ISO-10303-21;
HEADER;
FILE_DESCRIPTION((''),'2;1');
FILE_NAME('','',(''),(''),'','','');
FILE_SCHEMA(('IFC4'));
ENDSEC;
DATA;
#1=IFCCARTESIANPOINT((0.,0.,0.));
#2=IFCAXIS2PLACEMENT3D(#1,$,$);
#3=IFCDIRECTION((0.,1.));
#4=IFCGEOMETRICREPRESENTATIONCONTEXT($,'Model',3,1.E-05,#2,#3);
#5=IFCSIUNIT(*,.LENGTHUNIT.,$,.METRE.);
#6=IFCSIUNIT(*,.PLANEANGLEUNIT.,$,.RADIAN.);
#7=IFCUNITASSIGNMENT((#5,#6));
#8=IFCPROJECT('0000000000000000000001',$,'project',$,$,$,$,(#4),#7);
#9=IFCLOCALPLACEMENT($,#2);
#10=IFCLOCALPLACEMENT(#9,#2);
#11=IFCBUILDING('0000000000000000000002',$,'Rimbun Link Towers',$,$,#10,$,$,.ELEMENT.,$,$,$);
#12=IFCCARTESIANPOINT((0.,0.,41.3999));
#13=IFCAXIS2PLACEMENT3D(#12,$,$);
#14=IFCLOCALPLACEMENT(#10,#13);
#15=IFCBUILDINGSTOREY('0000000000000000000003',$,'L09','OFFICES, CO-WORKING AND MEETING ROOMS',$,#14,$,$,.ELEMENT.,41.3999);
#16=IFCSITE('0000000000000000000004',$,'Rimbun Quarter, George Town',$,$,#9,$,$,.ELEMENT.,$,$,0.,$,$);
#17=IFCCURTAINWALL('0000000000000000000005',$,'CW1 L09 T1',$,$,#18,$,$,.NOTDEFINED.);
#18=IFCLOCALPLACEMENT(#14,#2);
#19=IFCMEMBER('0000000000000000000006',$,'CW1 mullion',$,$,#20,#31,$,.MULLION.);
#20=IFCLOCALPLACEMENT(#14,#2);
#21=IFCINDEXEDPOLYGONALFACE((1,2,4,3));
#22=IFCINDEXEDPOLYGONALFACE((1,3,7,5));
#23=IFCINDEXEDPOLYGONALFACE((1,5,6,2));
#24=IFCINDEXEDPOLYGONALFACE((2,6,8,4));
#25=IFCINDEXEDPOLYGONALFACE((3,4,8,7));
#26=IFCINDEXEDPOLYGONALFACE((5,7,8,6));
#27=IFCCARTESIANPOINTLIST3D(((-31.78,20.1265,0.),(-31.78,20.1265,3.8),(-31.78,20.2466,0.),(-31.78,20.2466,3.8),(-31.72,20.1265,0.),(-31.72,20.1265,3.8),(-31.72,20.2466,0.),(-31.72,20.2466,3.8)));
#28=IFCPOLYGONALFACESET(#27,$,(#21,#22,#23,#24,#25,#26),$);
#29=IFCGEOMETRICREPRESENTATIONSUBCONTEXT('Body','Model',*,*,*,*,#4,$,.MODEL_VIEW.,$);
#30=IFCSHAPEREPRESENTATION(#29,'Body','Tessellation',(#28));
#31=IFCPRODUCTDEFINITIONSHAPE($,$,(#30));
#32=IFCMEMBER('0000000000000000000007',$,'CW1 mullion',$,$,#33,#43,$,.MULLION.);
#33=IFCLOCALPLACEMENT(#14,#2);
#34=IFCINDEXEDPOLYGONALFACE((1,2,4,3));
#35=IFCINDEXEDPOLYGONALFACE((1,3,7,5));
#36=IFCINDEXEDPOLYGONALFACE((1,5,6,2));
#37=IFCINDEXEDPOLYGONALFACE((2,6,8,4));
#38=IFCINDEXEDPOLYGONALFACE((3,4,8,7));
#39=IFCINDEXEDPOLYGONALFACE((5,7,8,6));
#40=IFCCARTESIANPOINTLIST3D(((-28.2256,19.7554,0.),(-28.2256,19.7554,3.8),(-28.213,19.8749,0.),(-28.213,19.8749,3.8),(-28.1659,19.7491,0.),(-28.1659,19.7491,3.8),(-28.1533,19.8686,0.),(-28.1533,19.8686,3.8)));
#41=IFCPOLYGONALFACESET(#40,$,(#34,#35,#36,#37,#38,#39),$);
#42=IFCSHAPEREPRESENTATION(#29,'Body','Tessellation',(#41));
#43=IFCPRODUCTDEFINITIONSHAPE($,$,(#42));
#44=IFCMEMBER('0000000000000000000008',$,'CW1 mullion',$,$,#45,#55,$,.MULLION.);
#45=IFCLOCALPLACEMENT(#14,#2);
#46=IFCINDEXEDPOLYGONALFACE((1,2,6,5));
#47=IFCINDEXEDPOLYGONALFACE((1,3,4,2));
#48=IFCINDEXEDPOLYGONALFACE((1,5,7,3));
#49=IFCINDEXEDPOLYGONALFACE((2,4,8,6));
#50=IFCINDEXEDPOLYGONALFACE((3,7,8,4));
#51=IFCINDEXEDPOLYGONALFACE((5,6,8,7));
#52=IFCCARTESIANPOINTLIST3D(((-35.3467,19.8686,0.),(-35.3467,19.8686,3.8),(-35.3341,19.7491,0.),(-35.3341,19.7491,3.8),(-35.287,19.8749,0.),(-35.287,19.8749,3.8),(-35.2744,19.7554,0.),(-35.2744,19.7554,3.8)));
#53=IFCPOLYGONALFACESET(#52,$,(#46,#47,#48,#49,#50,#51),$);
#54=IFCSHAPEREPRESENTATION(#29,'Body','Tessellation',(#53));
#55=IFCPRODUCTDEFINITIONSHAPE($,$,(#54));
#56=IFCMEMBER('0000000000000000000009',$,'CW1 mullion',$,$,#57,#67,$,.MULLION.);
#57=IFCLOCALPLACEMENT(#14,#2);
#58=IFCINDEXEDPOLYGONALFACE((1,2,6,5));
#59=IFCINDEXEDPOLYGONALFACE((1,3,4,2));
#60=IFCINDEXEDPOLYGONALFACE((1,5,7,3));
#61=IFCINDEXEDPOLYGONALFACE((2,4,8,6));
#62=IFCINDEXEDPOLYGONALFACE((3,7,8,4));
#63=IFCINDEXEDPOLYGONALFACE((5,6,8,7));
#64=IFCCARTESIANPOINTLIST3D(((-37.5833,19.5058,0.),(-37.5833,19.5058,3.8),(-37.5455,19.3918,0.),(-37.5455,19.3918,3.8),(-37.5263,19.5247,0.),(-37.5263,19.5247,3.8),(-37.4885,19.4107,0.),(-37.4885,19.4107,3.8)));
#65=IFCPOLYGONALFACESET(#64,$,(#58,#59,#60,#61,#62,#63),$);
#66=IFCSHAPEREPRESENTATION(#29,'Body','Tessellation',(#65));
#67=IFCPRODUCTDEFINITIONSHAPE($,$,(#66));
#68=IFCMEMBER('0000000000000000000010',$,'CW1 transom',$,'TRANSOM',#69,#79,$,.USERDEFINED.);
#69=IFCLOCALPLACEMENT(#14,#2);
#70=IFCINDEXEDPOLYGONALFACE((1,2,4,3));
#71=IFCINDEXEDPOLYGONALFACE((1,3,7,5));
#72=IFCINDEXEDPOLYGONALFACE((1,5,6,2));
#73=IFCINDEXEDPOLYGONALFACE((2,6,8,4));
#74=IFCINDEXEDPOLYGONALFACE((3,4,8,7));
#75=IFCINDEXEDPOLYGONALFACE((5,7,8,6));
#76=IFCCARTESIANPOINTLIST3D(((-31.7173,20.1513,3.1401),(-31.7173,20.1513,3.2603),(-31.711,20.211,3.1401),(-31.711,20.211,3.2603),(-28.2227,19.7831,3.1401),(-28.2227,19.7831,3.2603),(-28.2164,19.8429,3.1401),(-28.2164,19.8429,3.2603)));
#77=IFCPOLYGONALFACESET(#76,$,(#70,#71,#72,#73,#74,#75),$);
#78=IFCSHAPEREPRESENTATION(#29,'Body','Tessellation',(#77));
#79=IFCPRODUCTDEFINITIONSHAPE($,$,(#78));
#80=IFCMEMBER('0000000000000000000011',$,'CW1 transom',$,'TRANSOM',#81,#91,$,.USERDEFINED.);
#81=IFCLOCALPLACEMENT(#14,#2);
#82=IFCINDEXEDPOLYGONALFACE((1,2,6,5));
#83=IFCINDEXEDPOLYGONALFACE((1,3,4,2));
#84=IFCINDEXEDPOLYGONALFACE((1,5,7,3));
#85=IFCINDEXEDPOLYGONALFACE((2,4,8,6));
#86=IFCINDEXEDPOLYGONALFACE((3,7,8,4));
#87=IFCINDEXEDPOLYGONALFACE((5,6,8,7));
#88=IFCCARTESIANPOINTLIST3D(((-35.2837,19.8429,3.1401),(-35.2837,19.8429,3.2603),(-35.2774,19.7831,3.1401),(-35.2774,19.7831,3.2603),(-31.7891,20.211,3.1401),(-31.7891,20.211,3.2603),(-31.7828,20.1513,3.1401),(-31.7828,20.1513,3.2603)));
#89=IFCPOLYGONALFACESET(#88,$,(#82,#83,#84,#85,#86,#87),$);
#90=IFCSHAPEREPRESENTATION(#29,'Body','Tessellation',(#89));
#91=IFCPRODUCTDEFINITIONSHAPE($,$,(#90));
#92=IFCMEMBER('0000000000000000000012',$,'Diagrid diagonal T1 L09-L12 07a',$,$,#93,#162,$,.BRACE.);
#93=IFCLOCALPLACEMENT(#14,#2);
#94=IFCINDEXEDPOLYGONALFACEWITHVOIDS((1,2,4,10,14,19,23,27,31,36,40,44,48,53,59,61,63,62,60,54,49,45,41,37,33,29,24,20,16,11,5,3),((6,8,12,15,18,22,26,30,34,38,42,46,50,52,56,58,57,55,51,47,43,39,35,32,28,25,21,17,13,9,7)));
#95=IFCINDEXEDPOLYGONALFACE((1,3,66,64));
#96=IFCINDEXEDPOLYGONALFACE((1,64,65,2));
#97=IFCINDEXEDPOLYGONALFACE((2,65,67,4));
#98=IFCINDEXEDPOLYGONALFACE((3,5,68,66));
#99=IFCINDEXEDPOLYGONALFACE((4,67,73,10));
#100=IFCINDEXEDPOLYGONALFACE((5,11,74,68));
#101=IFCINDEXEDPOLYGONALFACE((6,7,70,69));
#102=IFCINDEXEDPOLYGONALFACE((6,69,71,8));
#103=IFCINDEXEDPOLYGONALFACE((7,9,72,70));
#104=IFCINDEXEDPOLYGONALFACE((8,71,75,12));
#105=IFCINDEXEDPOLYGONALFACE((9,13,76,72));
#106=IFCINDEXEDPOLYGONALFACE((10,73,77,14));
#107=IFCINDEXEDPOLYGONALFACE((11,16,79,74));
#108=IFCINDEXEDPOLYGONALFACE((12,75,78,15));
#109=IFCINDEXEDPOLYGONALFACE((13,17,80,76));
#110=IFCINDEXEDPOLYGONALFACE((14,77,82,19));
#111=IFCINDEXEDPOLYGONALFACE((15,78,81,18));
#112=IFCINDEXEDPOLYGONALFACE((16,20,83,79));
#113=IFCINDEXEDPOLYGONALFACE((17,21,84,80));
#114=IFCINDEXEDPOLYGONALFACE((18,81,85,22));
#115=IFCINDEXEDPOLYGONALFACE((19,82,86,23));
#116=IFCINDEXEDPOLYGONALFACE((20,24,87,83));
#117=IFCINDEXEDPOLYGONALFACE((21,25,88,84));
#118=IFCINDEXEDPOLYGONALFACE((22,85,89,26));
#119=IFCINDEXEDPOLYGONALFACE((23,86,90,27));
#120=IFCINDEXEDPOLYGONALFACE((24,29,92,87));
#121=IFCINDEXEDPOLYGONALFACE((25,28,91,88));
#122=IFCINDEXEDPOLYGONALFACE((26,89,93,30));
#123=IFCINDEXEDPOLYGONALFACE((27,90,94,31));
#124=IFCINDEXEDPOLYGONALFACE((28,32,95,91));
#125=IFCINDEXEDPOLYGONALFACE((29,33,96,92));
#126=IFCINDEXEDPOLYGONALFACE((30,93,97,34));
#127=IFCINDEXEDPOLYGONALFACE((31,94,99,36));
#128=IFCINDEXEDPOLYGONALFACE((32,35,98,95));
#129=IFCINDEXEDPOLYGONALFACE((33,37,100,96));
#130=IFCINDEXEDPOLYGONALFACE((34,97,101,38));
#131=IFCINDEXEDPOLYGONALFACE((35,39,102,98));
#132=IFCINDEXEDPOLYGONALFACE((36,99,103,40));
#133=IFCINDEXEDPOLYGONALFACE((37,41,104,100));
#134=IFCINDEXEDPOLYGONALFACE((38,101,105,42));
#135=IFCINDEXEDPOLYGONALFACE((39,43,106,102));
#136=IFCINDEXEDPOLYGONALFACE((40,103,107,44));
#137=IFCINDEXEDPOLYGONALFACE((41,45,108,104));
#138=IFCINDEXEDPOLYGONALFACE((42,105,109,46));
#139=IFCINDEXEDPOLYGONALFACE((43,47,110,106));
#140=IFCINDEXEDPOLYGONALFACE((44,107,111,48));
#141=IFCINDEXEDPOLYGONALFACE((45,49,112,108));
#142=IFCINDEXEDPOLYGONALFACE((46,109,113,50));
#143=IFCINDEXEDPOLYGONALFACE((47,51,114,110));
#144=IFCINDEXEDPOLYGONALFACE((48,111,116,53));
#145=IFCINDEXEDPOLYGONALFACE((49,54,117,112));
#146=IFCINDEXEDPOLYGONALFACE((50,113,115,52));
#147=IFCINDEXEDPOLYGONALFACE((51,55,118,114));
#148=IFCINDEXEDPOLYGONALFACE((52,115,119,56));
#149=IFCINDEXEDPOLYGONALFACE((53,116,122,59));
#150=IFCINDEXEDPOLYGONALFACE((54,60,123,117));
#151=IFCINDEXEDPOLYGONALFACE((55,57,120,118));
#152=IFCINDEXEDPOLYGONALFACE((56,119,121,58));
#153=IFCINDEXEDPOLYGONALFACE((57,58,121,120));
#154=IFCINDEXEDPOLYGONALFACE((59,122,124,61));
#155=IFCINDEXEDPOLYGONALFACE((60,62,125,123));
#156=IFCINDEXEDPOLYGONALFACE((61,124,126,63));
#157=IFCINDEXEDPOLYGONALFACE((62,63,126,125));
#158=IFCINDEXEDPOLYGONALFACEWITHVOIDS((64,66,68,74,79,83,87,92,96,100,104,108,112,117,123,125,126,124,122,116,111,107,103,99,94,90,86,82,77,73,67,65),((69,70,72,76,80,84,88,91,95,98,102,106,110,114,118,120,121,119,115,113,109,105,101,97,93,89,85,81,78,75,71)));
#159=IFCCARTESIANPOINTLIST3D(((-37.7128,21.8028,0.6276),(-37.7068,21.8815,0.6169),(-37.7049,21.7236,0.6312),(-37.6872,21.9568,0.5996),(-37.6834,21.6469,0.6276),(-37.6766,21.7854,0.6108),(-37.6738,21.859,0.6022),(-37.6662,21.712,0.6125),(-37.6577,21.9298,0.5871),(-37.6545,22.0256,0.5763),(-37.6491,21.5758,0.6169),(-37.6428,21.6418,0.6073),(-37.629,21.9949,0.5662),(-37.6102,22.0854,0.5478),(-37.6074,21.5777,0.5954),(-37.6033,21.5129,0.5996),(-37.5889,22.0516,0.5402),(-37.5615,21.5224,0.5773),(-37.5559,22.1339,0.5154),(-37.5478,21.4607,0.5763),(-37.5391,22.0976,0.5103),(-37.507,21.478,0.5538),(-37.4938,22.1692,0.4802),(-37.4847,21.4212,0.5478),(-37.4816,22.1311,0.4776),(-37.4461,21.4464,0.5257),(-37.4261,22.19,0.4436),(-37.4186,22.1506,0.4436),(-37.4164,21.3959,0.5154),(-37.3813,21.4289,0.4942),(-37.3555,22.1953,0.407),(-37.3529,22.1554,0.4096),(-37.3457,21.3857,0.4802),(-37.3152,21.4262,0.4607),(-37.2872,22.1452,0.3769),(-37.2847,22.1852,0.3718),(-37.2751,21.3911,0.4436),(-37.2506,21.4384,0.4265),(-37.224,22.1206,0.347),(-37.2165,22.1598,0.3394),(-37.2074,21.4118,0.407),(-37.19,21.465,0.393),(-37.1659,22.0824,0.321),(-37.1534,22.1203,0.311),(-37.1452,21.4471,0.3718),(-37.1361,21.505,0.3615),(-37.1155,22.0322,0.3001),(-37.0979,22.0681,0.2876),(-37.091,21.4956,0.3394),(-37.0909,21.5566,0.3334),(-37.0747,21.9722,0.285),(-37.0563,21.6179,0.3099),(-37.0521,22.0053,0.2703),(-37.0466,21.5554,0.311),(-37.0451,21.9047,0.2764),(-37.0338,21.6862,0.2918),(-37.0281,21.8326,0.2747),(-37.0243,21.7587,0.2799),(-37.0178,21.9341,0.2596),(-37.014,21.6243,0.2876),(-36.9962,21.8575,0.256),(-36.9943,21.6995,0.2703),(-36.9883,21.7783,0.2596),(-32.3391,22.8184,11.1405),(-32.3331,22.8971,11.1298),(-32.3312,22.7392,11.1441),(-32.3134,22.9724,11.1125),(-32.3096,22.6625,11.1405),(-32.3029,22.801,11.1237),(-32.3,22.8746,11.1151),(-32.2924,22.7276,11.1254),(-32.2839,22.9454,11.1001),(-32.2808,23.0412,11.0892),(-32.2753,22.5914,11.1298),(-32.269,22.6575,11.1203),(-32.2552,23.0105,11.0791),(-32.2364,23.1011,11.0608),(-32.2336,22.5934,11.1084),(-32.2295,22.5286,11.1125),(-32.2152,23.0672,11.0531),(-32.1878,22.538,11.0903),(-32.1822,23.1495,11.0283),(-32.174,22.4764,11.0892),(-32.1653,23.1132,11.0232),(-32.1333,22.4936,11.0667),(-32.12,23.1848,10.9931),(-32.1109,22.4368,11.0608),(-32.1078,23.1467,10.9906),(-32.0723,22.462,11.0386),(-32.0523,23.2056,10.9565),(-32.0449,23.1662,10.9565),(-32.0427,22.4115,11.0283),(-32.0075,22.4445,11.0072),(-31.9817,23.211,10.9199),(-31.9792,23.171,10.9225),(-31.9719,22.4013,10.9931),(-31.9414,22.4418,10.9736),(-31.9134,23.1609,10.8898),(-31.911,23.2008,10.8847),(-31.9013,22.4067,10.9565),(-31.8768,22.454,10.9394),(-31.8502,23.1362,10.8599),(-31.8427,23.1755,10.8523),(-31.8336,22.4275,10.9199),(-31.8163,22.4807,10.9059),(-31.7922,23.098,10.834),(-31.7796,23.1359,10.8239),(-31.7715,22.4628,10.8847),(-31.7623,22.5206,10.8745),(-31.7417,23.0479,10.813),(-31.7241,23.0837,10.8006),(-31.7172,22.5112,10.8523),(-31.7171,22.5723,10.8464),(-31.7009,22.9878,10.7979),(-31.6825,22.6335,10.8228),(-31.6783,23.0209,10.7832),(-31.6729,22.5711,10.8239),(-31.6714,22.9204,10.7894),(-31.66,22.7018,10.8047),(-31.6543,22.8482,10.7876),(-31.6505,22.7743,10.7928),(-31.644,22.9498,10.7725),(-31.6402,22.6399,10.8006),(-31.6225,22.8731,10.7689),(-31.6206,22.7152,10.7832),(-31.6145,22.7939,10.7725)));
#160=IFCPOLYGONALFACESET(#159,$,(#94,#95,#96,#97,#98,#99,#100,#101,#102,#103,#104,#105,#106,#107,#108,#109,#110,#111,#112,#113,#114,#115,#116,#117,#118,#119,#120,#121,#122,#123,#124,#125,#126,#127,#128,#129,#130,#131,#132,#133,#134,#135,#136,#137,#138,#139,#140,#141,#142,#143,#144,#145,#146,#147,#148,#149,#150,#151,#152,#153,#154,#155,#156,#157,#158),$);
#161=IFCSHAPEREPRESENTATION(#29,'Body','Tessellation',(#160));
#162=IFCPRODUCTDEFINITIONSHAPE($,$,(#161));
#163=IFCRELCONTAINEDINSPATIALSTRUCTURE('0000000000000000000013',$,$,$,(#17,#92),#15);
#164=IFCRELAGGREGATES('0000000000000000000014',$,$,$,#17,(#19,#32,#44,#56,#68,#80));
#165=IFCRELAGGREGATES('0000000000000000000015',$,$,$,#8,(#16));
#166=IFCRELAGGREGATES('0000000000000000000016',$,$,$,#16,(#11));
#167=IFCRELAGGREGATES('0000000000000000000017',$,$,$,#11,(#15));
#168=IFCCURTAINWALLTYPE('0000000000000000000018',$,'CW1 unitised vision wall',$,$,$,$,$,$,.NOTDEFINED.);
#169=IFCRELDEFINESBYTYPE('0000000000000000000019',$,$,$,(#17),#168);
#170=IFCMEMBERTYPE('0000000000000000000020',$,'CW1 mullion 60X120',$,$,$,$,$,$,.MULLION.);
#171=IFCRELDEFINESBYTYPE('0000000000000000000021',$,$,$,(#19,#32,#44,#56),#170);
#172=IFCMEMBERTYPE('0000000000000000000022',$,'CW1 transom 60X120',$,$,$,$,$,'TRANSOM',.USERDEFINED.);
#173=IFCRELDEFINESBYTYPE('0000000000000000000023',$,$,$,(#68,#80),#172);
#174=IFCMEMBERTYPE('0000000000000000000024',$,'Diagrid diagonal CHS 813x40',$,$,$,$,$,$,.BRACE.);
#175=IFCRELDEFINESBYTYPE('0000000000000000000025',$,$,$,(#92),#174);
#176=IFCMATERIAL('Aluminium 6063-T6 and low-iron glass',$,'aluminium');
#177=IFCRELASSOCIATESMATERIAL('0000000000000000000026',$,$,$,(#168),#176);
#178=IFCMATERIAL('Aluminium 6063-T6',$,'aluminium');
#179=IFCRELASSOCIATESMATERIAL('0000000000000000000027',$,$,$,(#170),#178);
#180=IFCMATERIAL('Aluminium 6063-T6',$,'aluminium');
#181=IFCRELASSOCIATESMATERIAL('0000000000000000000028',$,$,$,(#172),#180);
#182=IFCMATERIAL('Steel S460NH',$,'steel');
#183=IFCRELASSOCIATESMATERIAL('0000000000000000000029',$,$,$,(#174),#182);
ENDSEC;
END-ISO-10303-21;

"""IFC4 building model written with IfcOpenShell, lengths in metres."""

from ifc_helpers import new_model, si_unit, direction, frame, origin, origin_2d, place, context, subcontext, project, spatial, rectangle, hollow_circle, extrude, material, material_profile, profile_set, type_object, element, aggregate, save


model = new_model("IFC4")

# Units and contexts
model_context = context("Model", 3, precision=1e-05, world=origin(), true_north=direction((0.0, 1.0)))
body_context = subcontext(model_context, "Body", "Model", "MODEL_VIEW")
ifc_project = project(units=[si_unit("LENGTHUNIT", "METRE"), si_unit("PLANEANGLEUNIT", "RADIAN")], contexts=[model_context])

# Site, building, storey
site_placement = place(None, origin())
site = spatial("IfcSite", under=ifc_project, at=site_placement, Name="Rimbun Quarter, George Town", CompositionType="ELEMENT", RefElevation=0.0)
building_placement = place(site_placement, origin())
building = spatial("IfcBuilding", under=site, at=building_placement, Name="Rimbun Link Towers", CompositionType="ELEMENT")
storey_placement = place(building_placement, frame((0.0, 0.0, 41.3999)))
storey = spatial("IfcBuildingStorey", under=building, at=storey_placement, Name="L09", Description="OFFICES, CO-WORKING AND MEETING ROOMS", CompositionType="ELEMENT", Elevation=41.3999)

# Curtain wall, members
ifc_material_1 = material(Name="Aluminium 6063-T6 and low-iron glass", Category="aluminium")
curtain_wall_type = type_object("IfcCurtainWallType", Name="CW1 unitised vision wall", PredefinedType="NOTDEFINED", material=ifc_material_1)
curtain_wall_placement = place(storey_placement, origin())
curtain_wall = element("IfcCurtainWall", 1, at=curtain_wall_placement, inside=storey, type_object=curtain_wall_type, Name="CW1 L09 T1", PredefinedType="NOTDEFINED")
ifc_material_2 = material(Name="Aluminium 6063-T6", Category="aluminium")
ifc_material_profile_1 = material_profile(ifc_material_2, rectangle(XDim=0.1201, YDim=0.0601, at=origin_2d()), Name="MULLION 60X120")
ifc_profile_set_1 = profile_set([ifc_material_profile_1], Name="Aluminium 6063-T6")
member_type_1 = type_object("IfcMemberType", Name="CW1 mullion 60X120", PredefinedType="MULLION", material=ifc_profile_set_1)
member_1_placement = place(storey_placement, frame((-31.75, 20.1865, 0.0), z_axis=(0.0, 0.0, 1.0), x_axis=(0.0, 1.0, 0.0)))
member_1 = element("IfcMember", 2, at=member_1_placement, type_object=member_type_1, Name="CW1 mullion", PredefinedType="MULLION", context=body_context, shape_type="SweptSolid", body=[
    extrude(rectangle(XDim=0.1201, YDim=0.0601, at=origin_2d()), origin(), (0.0, 0.0, 1.0), 3.8),
])
member_2_placement = place(storey_placement, frame((-28.1895, 19.812, 0.0), z_axis=(0.0, 0.0, 1.0), x_axis=(0.104742, 0.994499, 0.0)))
member_2 = element("IfcMember", 3, at=member_2_placement, type_object=member_type_1, Name="CW1 mullion", PredefinedType="MULLION", context=body_context, shape_type="SweptSolid", body=[
    extrude(rectangle(XDim=0.1201, YDim=0.0601, at=origin_2d()), origin(), (0.0, 0.0, 1.0), 3.8),
])
member_3_placement = place(storey_placement, frame((-35.3105, 19.812, 0.0), z_axis=(0.0, 0.0, 1.0), x_axis=(-0.104742, 0.994499, 0.0)))
member_3 = element("IfcMember", 4, at=member_3_placement, type_object=member_type_1, Name="CW1 mullion", PredefinedType="MULLION", context=body_context, shape_type="SweptSolid", body=[
    extrude(rectangle(XDim=0.1201, YDim=0.0601, at=origin_2d()), origin(), (0.0, 0.0, 1.0), 3.8),
])
member_4_placement = place(storey_placement, frame((-37.5359, 19.4583, 0.0), z_axis=(0.0, 0.0, 1.0), x_axis=(-0.314558, 0.949238, 0.0)))
member_4 = element("IfcMember", 5, at=member_4_placement, type_object=member_type_1, Name="CW1 mullion", PredefinedType="MULLION", context=body_context, shape_type="SweptSolid", body=[
    extrude(rectangle(XDim=0.1201, YDim=0.0601, at=origin_2d()), origin(), (0.0, 0.0, 1.0), 3.8),
])
ifc_material_3 = material(Name="Aluminium 6063-T6", Category="aluminium")
ifc_material_profile_2 = material_profile(ifc_material_3, rectangle(XDim=0.0601, YDim=0.1201, at=origin_2d()), Name="TRANSOM 60X120")
ifc_profile_set_2 = profile_set([ifc_material_profile_2], Name="Aluminium 6063-T6")
member_type_2 = type_object("IfcMemberType", Name="CW1 transom 60X120", ElementType="TRANSOM", PredefinedType="USERDEFINED", material=ifc_profile_set_2)
member_5_placement = place(storey_placement, frame((-31.7141, 20.1812, 3.2002), z_axis=(0.994496, -0.104772, 0.0), x_axis=(0.104772, 0.994496, 0.0)))
member_5 = element("IfcMember", 6, at=member_5_placement, type_object=member_type_2, Name="CW1 transom", ObjectType="TRANSOM", PredefinedType="USERDEFINED", context=body_context, shape_type="SweptSolid", body=[
    extrude(rectangle(XDim=0.0601, YDim=0.1201, at=origin_2d()), origin(), (0.0, 0.0, 1.0), 3.5139),
])
member_6_placement = place(storey_placement, frame((-35.2805, 19.813, 3.2002), z_axis=(0.994496, 0.104772, 0.0), x_axis=(-0.104772, 0.994496, 0.0)))
member_6 = element("IfcMember", 7, at=member_6_placement, type_object=member_type_2, Name="CW1 transom", ObjectType="TRANSOM", PredefinedType="USERDEFINED", context=body_context, shape_type="SweptSolid", body=[
    extrude(rectangle(XDim=0.0601, YDim=0.1201, at=origin_2d()), origin(), (0.0, 0.0, 1.0), 3.5139),
])

# Member
ifc_material_4 = material(Name="Steel S460NH", Category="steel")
ifc_material_profile_3 = material_profile(ifc_material_4, hollow_circle(Radius=0.4065, WallThickness=0.04, at=origin_2d()), Name="Diagrid diagonal CHS 813x40")
ifc_profile_set_3 = profile_set([ifc_material_profile_3], Name="Steel S460NH")
member_type_3 = type_object("IfcMemberType", Name="Diagrid diagonal CHS 813x40", PredefinedType="BRACE", material=ifc_profile_set_3)
member_7_placement = place(storey_placement, frame((-37.3506, 21.7905, 0.4436), z_axis=(0.45347, 0.085704, 0.887141), x_axis=(-0.185709, 0.982605, 0.0)))
element("IfcMember", 8, at=member_7_placement, inside=storey, type_object=member_type_3, Name="Diagrid diagonal T1 L09-L12 07a", PredefinedType="BRACE", context=body_context, shape_type="SweptSolid", body=[
    extrude(hollow_circle(Radius=0.4065, WallThickness=0.04, at=origin_2d()), origin(), (0.0, 0.0, 1.0), 11.8503),
])

aggregate(curtain_wall, [member_1, member_2, member_3, member_4, member_5, member_6])

save(model, "model.ifc")
